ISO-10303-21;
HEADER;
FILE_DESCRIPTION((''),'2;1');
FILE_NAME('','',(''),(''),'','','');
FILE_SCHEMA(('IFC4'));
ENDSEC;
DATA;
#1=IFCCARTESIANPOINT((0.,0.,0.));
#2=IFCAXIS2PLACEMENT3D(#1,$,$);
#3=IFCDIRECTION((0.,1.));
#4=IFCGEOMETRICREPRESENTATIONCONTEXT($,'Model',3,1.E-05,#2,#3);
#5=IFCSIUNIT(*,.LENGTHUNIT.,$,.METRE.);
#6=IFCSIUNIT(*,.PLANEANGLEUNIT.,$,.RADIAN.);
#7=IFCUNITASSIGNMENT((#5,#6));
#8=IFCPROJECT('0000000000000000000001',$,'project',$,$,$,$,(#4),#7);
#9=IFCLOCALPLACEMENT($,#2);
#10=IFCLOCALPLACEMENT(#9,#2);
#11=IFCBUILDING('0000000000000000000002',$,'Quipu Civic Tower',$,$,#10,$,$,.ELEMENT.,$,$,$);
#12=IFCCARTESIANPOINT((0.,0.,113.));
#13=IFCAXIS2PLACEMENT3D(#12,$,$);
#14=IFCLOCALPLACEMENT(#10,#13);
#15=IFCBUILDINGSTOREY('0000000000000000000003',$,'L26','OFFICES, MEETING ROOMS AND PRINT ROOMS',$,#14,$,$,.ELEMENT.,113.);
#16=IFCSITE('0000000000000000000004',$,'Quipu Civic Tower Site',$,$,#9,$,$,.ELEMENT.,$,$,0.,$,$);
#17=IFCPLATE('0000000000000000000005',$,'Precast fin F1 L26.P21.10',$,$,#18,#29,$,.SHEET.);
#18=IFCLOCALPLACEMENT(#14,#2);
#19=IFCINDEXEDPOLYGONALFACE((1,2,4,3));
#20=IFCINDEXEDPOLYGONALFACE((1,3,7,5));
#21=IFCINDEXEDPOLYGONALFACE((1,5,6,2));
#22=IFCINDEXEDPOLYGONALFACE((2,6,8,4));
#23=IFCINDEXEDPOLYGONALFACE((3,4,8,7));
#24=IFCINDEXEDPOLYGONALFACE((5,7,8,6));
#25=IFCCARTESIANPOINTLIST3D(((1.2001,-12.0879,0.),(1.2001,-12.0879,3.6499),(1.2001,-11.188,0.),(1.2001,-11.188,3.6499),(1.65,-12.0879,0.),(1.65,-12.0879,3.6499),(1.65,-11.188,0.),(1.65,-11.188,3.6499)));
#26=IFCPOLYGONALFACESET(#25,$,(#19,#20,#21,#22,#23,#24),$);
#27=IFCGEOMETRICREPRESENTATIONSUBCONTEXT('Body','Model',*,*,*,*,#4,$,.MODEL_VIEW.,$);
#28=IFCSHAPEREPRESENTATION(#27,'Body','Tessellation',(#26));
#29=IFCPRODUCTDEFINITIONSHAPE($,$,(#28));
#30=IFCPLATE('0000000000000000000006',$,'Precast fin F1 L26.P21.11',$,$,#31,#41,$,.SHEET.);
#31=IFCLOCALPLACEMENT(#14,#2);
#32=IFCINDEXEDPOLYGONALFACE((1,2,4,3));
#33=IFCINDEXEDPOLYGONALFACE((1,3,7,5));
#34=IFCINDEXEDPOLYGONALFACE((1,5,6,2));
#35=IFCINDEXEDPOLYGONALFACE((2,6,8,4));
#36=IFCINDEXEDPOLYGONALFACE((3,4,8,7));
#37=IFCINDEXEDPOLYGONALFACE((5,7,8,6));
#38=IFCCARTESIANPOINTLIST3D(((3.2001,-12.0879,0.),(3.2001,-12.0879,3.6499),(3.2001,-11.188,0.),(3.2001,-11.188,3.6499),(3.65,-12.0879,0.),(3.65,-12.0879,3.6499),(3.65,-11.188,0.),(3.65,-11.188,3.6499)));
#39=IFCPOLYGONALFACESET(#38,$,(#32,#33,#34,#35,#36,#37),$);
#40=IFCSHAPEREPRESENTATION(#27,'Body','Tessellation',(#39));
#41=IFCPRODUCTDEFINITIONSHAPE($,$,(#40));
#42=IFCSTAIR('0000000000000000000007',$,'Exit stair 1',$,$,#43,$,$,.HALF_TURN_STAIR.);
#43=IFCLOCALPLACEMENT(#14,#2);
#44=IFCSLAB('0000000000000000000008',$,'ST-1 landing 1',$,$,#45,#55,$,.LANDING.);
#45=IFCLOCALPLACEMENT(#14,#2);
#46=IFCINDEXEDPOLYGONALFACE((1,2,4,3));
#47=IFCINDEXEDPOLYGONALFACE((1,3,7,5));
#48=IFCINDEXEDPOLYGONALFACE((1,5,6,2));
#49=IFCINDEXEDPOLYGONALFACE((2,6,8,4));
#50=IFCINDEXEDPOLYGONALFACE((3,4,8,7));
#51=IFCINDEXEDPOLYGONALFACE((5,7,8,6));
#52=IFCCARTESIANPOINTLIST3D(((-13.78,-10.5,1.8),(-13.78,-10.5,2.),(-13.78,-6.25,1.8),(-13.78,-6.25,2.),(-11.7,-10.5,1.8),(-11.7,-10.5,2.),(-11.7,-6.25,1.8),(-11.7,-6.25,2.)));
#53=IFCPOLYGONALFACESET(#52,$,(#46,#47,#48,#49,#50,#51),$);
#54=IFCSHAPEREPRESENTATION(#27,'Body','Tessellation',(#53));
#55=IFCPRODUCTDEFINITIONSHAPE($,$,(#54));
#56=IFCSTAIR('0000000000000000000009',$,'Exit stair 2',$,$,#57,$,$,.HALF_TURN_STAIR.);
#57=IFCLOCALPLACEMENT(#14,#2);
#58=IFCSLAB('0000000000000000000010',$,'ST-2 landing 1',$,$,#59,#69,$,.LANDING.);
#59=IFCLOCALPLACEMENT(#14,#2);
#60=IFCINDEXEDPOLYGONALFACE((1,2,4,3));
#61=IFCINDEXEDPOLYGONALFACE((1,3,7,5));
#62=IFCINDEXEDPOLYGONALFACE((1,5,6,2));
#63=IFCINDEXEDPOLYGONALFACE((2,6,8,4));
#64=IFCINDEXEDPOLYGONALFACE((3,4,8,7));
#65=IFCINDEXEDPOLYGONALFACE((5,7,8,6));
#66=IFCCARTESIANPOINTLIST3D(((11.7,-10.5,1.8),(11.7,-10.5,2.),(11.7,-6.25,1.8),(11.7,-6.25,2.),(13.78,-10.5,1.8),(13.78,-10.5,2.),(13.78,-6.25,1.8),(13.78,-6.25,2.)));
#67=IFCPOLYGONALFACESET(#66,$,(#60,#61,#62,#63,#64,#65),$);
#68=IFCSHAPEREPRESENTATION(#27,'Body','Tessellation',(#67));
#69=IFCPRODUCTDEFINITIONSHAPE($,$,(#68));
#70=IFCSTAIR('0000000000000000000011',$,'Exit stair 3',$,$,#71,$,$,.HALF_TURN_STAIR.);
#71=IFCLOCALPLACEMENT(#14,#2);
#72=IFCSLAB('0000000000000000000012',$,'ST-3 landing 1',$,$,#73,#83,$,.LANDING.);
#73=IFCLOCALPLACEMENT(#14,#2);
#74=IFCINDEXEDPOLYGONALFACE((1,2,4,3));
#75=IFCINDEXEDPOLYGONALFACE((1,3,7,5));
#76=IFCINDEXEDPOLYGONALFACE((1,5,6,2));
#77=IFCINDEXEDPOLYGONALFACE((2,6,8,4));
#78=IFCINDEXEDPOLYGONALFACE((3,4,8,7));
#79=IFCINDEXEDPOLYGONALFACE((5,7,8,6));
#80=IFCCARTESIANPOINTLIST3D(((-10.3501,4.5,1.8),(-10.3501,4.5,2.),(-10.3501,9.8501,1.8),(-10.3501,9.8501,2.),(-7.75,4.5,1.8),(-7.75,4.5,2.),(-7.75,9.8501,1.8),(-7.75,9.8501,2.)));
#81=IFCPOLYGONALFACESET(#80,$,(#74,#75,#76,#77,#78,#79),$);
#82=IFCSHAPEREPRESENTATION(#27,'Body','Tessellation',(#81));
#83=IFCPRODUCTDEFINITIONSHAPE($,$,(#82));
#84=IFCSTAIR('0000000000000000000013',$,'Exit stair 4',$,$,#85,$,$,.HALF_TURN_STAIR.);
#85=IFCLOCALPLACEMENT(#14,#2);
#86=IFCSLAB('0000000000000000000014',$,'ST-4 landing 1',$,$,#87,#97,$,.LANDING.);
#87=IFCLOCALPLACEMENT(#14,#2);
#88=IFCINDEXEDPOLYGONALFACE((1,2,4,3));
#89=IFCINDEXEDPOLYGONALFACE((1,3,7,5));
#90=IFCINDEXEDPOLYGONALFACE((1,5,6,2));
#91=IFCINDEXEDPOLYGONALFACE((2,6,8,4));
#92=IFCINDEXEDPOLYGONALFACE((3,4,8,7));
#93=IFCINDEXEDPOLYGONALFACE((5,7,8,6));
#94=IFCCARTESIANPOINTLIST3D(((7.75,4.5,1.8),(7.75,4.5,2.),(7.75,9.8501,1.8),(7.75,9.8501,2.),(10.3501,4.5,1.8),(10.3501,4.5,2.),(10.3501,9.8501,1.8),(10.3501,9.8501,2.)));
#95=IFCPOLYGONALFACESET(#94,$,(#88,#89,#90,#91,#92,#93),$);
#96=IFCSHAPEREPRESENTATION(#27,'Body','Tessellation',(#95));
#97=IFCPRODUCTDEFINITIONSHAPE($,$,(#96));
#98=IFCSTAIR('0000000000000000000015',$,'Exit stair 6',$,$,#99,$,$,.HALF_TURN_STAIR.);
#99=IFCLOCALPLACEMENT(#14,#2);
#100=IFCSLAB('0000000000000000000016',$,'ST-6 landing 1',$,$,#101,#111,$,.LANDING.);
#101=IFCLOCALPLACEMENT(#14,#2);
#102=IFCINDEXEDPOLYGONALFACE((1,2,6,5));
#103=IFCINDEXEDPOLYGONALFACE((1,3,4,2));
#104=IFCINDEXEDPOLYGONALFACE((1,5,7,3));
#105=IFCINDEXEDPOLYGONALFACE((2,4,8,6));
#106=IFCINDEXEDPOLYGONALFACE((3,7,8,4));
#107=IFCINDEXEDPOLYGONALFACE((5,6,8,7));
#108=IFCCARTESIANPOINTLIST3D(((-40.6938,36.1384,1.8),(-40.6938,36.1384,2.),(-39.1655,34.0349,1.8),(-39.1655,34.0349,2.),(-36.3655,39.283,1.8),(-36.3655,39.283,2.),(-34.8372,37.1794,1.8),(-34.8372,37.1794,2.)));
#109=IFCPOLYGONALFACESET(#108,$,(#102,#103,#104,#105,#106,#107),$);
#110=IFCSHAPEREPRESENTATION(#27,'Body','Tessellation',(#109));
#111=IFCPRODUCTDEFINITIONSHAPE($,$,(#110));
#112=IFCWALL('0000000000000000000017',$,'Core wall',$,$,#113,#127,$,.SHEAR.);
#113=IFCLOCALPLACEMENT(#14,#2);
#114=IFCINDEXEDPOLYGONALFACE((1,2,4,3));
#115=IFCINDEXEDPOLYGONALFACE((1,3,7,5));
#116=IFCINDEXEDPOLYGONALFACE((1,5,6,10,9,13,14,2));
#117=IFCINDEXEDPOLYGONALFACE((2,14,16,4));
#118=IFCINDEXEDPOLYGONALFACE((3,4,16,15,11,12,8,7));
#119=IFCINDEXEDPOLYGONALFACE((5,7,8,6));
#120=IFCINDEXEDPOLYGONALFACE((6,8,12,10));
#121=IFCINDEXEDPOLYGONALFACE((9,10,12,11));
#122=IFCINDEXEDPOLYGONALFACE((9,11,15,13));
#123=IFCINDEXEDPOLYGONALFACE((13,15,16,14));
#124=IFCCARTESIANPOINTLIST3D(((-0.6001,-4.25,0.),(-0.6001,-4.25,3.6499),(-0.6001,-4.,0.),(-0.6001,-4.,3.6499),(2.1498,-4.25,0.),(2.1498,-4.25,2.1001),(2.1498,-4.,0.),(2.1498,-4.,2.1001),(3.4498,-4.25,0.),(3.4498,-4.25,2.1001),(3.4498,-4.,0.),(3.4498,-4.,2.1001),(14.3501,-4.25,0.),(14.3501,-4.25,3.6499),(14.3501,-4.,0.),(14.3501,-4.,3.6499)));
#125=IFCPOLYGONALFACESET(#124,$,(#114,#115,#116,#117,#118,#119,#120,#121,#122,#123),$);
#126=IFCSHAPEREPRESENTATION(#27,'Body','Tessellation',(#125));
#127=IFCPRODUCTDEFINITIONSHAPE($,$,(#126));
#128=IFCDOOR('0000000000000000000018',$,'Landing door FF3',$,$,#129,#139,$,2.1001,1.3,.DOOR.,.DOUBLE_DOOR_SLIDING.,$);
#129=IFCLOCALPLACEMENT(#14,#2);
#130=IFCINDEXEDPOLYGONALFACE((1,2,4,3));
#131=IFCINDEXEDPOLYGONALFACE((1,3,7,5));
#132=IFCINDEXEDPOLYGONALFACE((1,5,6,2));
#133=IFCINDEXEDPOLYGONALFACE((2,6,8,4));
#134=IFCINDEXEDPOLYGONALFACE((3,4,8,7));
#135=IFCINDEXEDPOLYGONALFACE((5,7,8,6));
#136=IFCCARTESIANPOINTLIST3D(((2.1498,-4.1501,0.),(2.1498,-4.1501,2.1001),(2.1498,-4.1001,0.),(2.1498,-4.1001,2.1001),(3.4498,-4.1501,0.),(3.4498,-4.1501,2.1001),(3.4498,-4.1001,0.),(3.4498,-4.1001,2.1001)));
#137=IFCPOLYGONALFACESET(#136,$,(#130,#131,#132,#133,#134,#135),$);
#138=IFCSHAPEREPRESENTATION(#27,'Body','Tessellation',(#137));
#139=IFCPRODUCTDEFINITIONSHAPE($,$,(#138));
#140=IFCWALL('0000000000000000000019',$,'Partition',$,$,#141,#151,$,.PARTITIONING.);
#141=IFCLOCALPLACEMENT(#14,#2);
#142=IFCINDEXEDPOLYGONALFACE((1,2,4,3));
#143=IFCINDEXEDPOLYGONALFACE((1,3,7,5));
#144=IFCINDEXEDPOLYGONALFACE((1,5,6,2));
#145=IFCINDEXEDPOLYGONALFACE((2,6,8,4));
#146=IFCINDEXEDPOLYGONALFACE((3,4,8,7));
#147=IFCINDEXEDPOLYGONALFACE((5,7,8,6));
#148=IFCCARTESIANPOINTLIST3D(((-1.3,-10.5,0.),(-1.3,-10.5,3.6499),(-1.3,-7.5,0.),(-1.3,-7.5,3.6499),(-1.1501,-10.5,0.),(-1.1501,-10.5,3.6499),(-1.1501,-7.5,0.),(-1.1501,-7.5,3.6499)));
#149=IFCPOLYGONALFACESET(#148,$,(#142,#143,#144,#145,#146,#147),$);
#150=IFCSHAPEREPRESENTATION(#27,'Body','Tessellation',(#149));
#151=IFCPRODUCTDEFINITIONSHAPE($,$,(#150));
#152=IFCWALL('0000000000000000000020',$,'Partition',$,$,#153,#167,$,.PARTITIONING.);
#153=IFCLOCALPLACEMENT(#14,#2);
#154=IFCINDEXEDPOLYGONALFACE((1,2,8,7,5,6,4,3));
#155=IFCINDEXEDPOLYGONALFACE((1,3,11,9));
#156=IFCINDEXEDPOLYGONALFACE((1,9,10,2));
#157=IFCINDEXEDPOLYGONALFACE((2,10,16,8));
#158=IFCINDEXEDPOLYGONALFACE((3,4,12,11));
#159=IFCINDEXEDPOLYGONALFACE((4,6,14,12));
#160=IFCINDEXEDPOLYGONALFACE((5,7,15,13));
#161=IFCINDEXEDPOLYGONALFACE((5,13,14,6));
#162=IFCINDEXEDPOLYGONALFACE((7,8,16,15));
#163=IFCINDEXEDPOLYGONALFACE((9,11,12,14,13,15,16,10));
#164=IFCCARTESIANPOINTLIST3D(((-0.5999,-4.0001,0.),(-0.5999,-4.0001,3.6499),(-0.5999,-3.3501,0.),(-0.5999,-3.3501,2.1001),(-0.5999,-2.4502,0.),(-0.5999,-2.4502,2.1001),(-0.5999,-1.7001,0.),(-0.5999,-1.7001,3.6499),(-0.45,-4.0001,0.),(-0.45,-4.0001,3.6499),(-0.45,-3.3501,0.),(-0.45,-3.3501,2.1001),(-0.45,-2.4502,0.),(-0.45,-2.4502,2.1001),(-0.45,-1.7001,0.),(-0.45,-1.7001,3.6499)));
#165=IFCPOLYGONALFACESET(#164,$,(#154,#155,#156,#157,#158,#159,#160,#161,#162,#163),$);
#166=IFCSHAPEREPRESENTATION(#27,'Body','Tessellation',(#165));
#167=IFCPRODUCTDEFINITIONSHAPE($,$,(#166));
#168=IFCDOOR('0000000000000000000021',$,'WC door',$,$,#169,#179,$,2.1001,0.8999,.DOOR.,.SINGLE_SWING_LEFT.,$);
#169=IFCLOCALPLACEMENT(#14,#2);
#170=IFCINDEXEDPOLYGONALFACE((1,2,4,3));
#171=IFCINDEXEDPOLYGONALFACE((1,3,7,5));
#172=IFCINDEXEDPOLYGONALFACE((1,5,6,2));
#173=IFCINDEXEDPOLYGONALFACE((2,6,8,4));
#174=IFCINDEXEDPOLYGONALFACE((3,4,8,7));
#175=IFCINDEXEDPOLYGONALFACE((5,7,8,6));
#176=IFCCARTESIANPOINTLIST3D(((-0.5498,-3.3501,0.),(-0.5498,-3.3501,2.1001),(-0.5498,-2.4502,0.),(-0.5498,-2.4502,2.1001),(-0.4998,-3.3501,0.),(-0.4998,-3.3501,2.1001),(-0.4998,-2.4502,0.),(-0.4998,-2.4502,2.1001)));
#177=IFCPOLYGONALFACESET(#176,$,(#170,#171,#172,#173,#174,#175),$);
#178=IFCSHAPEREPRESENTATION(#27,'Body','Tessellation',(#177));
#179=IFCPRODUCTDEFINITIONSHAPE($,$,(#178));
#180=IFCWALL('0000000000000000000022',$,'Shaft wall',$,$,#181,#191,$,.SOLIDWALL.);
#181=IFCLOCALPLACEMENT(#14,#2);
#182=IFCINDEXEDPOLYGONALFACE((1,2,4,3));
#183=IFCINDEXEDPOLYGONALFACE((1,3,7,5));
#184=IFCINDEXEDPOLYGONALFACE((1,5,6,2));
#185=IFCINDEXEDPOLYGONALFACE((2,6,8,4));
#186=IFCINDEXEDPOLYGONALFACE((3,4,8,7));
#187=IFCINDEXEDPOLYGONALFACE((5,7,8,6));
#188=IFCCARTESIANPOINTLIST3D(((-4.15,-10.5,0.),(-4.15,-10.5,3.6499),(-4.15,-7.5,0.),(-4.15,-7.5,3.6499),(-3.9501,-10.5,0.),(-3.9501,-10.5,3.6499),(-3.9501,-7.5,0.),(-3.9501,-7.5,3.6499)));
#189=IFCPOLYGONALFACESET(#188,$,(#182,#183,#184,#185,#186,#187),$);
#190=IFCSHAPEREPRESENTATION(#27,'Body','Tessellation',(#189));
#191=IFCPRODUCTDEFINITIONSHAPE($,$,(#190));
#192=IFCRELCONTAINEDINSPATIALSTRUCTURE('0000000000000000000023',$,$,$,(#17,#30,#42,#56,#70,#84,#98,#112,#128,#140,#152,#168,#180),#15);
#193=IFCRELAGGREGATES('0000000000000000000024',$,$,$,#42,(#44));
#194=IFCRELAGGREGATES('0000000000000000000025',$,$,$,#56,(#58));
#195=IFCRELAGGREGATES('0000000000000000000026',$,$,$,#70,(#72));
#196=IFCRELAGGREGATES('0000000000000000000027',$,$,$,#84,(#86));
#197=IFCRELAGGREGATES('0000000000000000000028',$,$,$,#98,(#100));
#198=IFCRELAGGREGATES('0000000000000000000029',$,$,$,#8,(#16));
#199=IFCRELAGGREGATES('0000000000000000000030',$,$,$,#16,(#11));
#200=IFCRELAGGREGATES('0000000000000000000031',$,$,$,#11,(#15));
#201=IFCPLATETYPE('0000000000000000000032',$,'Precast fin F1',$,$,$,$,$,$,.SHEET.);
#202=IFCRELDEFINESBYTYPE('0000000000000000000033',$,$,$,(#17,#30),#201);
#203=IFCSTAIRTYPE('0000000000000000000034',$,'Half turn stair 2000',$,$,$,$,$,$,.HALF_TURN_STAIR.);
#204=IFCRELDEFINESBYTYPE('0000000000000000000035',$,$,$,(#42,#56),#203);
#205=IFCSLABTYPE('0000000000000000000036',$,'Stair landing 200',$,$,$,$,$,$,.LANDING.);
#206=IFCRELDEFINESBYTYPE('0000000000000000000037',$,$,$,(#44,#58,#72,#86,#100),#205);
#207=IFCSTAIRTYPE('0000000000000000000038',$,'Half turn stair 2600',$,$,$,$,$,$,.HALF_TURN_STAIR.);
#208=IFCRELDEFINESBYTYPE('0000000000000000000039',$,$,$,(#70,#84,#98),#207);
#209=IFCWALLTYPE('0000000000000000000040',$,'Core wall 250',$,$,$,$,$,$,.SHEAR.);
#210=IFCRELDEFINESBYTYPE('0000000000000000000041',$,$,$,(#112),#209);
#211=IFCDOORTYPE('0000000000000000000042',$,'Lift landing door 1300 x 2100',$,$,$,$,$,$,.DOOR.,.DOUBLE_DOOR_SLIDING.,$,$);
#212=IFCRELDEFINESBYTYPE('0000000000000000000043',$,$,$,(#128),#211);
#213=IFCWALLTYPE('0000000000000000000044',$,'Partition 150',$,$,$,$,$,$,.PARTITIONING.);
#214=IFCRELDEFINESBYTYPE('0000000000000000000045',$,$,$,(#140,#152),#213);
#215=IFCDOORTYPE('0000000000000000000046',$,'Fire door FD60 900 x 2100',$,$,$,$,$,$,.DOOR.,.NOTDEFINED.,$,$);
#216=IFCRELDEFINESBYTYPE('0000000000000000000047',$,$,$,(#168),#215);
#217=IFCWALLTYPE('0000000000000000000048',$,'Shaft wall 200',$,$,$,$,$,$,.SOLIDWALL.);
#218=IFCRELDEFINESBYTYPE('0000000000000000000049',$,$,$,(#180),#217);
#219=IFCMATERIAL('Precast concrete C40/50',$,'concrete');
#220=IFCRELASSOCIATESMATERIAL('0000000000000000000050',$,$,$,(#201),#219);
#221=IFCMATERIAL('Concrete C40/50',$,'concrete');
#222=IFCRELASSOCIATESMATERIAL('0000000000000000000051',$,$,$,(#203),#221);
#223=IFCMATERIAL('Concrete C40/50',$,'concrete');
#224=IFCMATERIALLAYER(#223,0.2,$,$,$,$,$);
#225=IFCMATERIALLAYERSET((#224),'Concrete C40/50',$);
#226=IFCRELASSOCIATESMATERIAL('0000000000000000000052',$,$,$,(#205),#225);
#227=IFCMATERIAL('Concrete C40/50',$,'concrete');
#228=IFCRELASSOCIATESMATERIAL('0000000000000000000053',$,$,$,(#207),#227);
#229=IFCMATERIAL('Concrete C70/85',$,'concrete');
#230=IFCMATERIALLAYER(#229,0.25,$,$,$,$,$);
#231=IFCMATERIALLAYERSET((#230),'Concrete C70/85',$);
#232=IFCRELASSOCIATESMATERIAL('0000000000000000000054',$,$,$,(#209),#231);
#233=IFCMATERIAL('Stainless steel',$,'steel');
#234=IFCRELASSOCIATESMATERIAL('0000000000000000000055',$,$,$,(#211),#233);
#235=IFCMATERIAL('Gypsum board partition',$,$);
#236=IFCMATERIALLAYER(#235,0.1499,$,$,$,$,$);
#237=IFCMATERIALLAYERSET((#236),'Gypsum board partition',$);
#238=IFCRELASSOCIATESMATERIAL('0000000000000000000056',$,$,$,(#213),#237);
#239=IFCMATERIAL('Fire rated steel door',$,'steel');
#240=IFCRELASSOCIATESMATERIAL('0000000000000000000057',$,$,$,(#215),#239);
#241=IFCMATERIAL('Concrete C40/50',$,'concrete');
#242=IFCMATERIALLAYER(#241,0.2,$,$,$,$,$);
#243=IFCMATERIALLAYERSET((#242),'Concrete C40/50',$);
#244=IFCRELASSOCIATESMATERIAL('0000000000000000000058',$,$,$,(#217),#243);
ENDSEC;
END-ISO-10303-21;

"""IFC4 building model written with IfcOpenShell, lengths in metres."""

from ifc_helpers import new_model, si_unit, direction, frame, frame_2d, origin, origin_2d, place, context, subcontext, project, spatial, polyline, rectangle, outline, extrude, material, layer, layer_set, type_object, element, fill, aggregate, save


model = new_model("IFC4")

# Units and contexts
model_context = context("Model", 3, precision=1e-05, world=origin(), true_north=direction((0.0, 1.0)))
body_context = subcontext(model_context, "Body", "Model", "MODEL_VIEW")
ifc_project = project(units=[si_unit("LENGTHUNIT", "METRE"), si_unit("PLANEANGLEUNIT", "RADIAN")], contexts=[model_context])

# Site, building, storey
site_placement = place(None, origin())
site = spatial("IfcSite", under=ifc_project, at=site_placement, Name="Quipu Civic Tower Site", CompositionType="ELEMENT", RefElevation=0.0)
building_placement = place(site_placement, origin())
building = spatial("IfcBuilding", under=site, at=building_placement, Name="Quipu Civic Tower", CompositionType="ELEMENT")
storey_placement = place(building_placement, frame((0.0, 0.0, 113.0)))
storey = spatial("IfcBuildingStorey", under=building, at=storey_placement, Name="L26", Description="OFFICES, MEETING ROOMS AND PRINT ROOMS", CompositionType="ELEMENT", Elevation=113.0)

# Plates
ifc_material_1 = material(Name="Precast concrete C40/50", Category="concrete")
plate_type = type_object("IfcPlateType", Name="Precast fin F1", PredefinedType="SHEET", material=ifc_material_1)
for number, where, z_axis, x_axis, name in (
    (1, (1.425, -11.6379, 0.0), (0.0, 0.0, 1.0), (1.0, 0.0, 0.0), "Precast fin F1 L26.P21.10"),
    (2, (3.425, -11.6379, 0.0), (0.0, 0.0, 1.0), (1.0, 0.0, 0.0), "Precast fin F1 L26.P21.11"),
):
    element("IfcPlate", number, at=place(storey_placement, frame(where, z_axis=z_axis, x_axis=x_axis)), inside=storey, type_object=plate_type, Name=name, PredefinedType="SHEET", context=body_context, shape_type="SweptSolid", body=[
        extrude(rectangle(XDim=0.45, YDim=0.8999, at=origin_2d()), origin(), (0.0, 0.0, 1.0), 3.6499),
    ])

# Stairs, slabs
ifc_material_2 = material(Name="Concrete C40/50", Category="concrete")
stair_type_1 = type_object("IfcStairType", Name="Half turn stair 2000", PredefinedType="HALF_TURN_STAIR", material=ifc_material_2)
stair_1_placement = place(storey_placement, origin())
stair_1 = element("IfcStair", 3, at=stair_1_placement, inside=storey, type_object=stair_type_1, Name="Exit stair 1", PredefinedType="HALF_TURN_STAIR")
ifc_material_3 = material(Name="Concrete C40/50", Category="concrete")
ifc_layer_1 = layer(ifc_material_3, 0.2)
ifc_layer_set_1 = layer_set([ifc_layer_1], Name="Concrete C40/50")
slab_type_1 = type_object("IfcSlabType", Name="Stair landing 200", PredefinedType="LANDING", material=ifc_layer_set_1)
slab_1_placement = place(storey_placement, frame((0.0, 0.0, 1.8)))
slab_1 = element("IfcSlab", 4, at=slab_1_placement, type_object=slab_type_1, Name="ST-1 landing 1", PredefinedType="LANDING", context=body_context, shape_type="SweptSolid", body=[
    extrude(outline(polyline([(-13.78, -10.5), (-11.7, -10.5), (-11.7, -6.25), (-13.78, -6.25), (-13.78, -10.5)])), origin(), (0.0, 0.0, 1.0), 0.2),
])
aggregate(stair_1, [slab_1])
stair_2_placement = place(storey_placement, origin())
stair_2 = element("IfcStair", 5, at=stair_2_placement, inside=storey, type_object=stair_type_1, Name="Exit stair 2", PredefinedType="HALF_TURN_STAIR")
slab_2_placement = place(storey_placement, frame((0.0, 0.0, 1.8)))
slab_2 = element("IfcSlab", 6, at=slab_2_placement, type_object=slab_type_1, Name="ST-2 landing 1", PredefinedType="LANDING", context=body_context, shape_type="SweptSolid", body=[
    extrude(outline(polyline([(13.78, -6.25), (11.7, -6.25), (11.7, -10.5), (13.78, -10.5), (13.78, -6.25)])), origin(), (0.0, 0.0, 1.0), 0.2),
])
aggregate(stair_2, [slab_2])
ifc_material_4 = material(Name="Concrete C40/50", Category="concrete")
stair_type_2 = type_object("IfcStairType", Name="Half turn stair 2600", PredefinedType="HALF_TURN_STAIR", material=ifc_material_4)
stair_3_placement = place(storey_placement, origin())
stair_3 = element("IfcStair", 7, at=stair_3_placement, inside=storey, type_object=stair_type_2, Name="Exit stair 3", PredefinedType="HALF_TURN_STAIR")
slab_3_placement = place(storey_placement, frame((0.0, 0.0, 1.8)))
slab_3 = element("IfcSlab", 8, at=slab_3_placement, type_object=slab_type_1, Name="ST-3 landing 1", PredefinedType="LANDING", context=body_context, shape_type="SweptSolid", body=[
    extrude(outline(polyline([(-10.3501, 4.5), (-7.75, 4.5), (-7.75, 9.8501), (-10.3501, 9.8501), (-10.3501, 4.5)])), origin(), (0.0, 0.0, 1.0), 0.2),
])
aggregate(stair_3, [slab_3])
stair_4_placement = place(storey_placement, origin())
stair_4 = element("IfcStair", 9, at=stair_4_placement, inside=storey, type_object=stair_type_2, Name="Exit stair 4", PredefinedType="HALF_TURN_STAIR")
slab_4_placement = place(storey_placement, frame((0.0, 0.0, 1.8)))
slab_4 = element("IfcSlab", 10, at=slab_4_placement, type_object=slab_type_1, Name="ST-4 landing 1", PredefinedType="LANDING", context=body_context, shape_type="SweptSolid", body=[
    extrude(outline(polyline([(10.3501, 9.8501), (7.75, 9.8501), (7.75, 4.5), (10.3501, 4.5), (10.3501, 9.8501)])), origin(), (0.0, 0.0, 1.0), 0.2),
])
aggregate(stair_4, [slab_4])
stair_5_placement = place(storey_placement, origin())
stair_5 = element("IfcStair", 11, at=stair_5_placement, inside=storey, type_object=stair_type_2, Name="Exit stair 6", PredefinedType="HALF_TURN_STAIR")
slab_5_placement = place(storey_placement, frame((0.0, 0.0, 1.8)))
slab_5 = element("IfcSlab", 12, at=slab_5_placement, type_object=slab_type_1, Name="ST-6 landing 1", PredefinedType="LANDING", context=body_context, shape_type="SweptSolid", body=[
    extrude(outline(polyline([(-34.8372, 37.1794), (-36.3655, 39.283), (-40.6938, 36.1384), (-39.1655, 34.0349), (-34.8372, 37.1794)])), origin(), (0.0, 0.0, 1.0), 0.2),
])
aggregate(stair_5, [slab_5])

# Wall, opening, door
ifc_material_5 = material(Name="Concrete C70/85", Category="concrete")
ifc_layer_2 = layer(ifc_material_5, 0.25)
ifc_layer_set_2 = layer_set([ifc_layer_2], Name="Concrete C70/85")
wall_type_1 = type_object("IfcWallType", Name="Core wall 250", PredefinedType="SHEAR", material=ifc_layer_set_2)
wall_1_placement = place(storey_placement, frame((-0.6001, -4.125, 0.0), z_axis=(0.0, 0.0, 1.0), x_axis=(1.0, 0.0, 0.0)))
wall_1 = element("IfcWall", 13, at=wall_1_placement, inside=storey, type_object=wall_type_1, Name="Core wall", PredefinedType="SHEAR", context=body_context, shape_type="SweptSolid", body=[
    extrude(rectangle(XDim=14.9502, YDim=0.25, at=frame_2d((7.4751, 0.0))), origin(), (0.0, 0.0, 1.0), 3.6499),
])
opening_1_placement = place(wall_1_placement, frame((2.75, 0.0, 0.0)))
opening_1 = element("IfcOpeningElement", 14, at=opening_1_placement, cuts=wall_1, PredefinedType="OPENING", context=body_context, shape_type="SweptSolid", body=[
    extrude(rectangle(XDim=1.3, YDim=2.1001, at=frame_2d((0.6499, 1.05))), frame((0.0, 0.135, 0.0), z_axis=(0.0, -1.0, 0.0), x_axis=(1.0, 0.0, 0.0)), (0.0, 0.0, 1.0), 0.27),
])
ifc_material_6 = material(Name="Stainless steel", Category="steel")
door_type_1 = type_object("IfcDoorType", Name="Lift landing door 1300 x 2100", OperationType="DOUBLE_DOOR_SLIDING", PredefinedType="DOOR", material=ifc_material_6)
door_1_placement = place(opening_1_placement, origin())
door_1 = element("IfcDoor", 15, at=door_1_placement, inside=storey, type_object=door_type_1, Name="Landing door FF3", OperationType="DOUBLE_DOOR_SLIDING", OverallHeight=2.1001, OverallWidth=1.3, PredefinedType="DOOR", context=body_context, shape_type="SweptSolid", body=[
    extrude(rectangle(XDim=1.3, YDim=2.1001, at=frame_2d((0.6499, 1.05))), frame((0.0, 0.0249, 0.0), z_axis=(0.0, -1.0, 0.0), x_axis=(1.0, 0.0, 0.0)), (0.0, 0.0, 1.0), 0.05),
])
fill(opening_1, door_1)

# Wall
ifc_material_7 = material(Name="Gypsum board partition")
ifc_layer_3 = layer(ifc_material_7, 0.1499)
ifc_layer_set_3 = layer_set([ifc_layer_3], Name="Gypsum board partition")
wall_type_2 = type_object("IfcWallType", Name="Partition 150", PredefinedType="PARTITIONING", material=ifc_layer_set_3)
wall_2_placement = place(storey_placement, frame((-1.2251, -10.5, 0.0), z_axis=(0.0, 0.0, 1.0), x_axis=(0.0, 1.0, 0.0)))
element("IfcWall", 16, at=wall_2_placement, inside=storey, type_object=wall_type_2, Name="Partition", PredefinedType="PARTITIONING", context=body_context, shape_type="SweptSolid", body=[
    extrude(rectangle(XDim=3.0, YDim=0.1499, at=frame_2d((1.5, 0.0))), origin(), (0.0, 0.0, 1.0), 3.6499),
])

# Wall, opening, door
wall_3_placement = place(storey_placement, frame((-0.5249, -4.0, 0.0), z_axis=(0.0, 0.0, 1.0), x_axis=(0.0, 1.0, 0.0)))
wall_3 = element("IfcWall", 17, at=wall_3_placement, inside=storey, type_object=wall_type_2, Name="Partition", PredefinedType="PARTITIONING", context=body_context, shape_type="SweptSolid", body=[
    extrude(rectangle(XDim=2.3, YDim=0.1499, at=frame_2d((1.1499, 0.0))), origin(), (0.0, 0.0, 1.0), 3.6499),
])
opening_2_placement = place(wall_3_placement, frame((0.6499, 0.0, 0.0)))
opening_2 = element("IfcOpeningElement", 18, at=opening_2_placement, cuts=wall_3, PredefinedType="OPENING", context=body_context, shape_type="SweptSolid", body=[
    extrude(rectangle(XDim=0.8999, YDim=2.1001, at=frame_2d((0.45, 1.05))), frame((0.0, 0.085, 0.0), z_axis=(0.0, -1.0, 0.0), x_axis=(1.0, 0.0, 0.0)), (0.0, 0.0, 1.0), 0.1699),
])
ifc_material_8 = material(Name="Fire rated steel door", Category="steel")
door_type_2 = type_object("IfcDoorType", Name="Fire door FD60 900 x 2100", OperationType="NOTDEFINED", PredefinedType="DOOR", material=ifc_material_8)
door_2_placement = place(opening_2_placement, origin())
door_2 = element("IfcDoor", 19, at=door_2_placement, inside=storey, type_object=door_type_2, Name="WC door", OperationType="SINGLE_SWING_LEFT", OverallHeight=2.1001, OverallWidth=0.8999, PredefinedType="DOOR", context=body_context, shape_type="SweptSolid", body=[
    extrude(rectangle(XDim=0.8999, YDim=2.1001, at=frame_2d((0.45, 1.05))), frame((0.0, 0.0249, 0.0), z_axis=(0.0, -1.0, 0.0), x_axis=(1.0, 0.0, 0.0)), (0.0, 0.0, 1.0), 0.05),
])
fill(opening_2, door_2)

# Wall
ifc_material_9 = material(Name="Concrete C40/50", Category="concrete")
ifc_layer_4 = layer(ifc_material_9, 0.2)
ifc_layer_set_4 = layer_set([ifc_layer_4], Name="Concrete C40/50")
wall_type_3 = type_object("IfcWallType", Name="Shaft wall 200", PredefinedType="SOLIDWALL", material=ifc_layer_set_4)
for number, where, z_axis, x_axis, name in (
    (20, (-4.05, -10.5, 0.0), (0.0, 0.0, 1.0), (0.0, 1.0, 0.0), "Shaft wall"),
):
    element("IfcWall", number, at=place(storey_placement, frame(where, z_axis=z_axis, x_axis=x_axis)), inside=storey, type_object=wall_type_3, Name=name, PredefinedType="SOLIDWALL", context=body_context, shape_type="SweptSolid", body=[
        extrude(rectangle(XDim=3.0, YDim=0.2, at=frame_2d((1.5, 0.0))), origin(), (0.0, 0.0, 1.0), 3.6499),
    ])

save(model, "model.ifc")
